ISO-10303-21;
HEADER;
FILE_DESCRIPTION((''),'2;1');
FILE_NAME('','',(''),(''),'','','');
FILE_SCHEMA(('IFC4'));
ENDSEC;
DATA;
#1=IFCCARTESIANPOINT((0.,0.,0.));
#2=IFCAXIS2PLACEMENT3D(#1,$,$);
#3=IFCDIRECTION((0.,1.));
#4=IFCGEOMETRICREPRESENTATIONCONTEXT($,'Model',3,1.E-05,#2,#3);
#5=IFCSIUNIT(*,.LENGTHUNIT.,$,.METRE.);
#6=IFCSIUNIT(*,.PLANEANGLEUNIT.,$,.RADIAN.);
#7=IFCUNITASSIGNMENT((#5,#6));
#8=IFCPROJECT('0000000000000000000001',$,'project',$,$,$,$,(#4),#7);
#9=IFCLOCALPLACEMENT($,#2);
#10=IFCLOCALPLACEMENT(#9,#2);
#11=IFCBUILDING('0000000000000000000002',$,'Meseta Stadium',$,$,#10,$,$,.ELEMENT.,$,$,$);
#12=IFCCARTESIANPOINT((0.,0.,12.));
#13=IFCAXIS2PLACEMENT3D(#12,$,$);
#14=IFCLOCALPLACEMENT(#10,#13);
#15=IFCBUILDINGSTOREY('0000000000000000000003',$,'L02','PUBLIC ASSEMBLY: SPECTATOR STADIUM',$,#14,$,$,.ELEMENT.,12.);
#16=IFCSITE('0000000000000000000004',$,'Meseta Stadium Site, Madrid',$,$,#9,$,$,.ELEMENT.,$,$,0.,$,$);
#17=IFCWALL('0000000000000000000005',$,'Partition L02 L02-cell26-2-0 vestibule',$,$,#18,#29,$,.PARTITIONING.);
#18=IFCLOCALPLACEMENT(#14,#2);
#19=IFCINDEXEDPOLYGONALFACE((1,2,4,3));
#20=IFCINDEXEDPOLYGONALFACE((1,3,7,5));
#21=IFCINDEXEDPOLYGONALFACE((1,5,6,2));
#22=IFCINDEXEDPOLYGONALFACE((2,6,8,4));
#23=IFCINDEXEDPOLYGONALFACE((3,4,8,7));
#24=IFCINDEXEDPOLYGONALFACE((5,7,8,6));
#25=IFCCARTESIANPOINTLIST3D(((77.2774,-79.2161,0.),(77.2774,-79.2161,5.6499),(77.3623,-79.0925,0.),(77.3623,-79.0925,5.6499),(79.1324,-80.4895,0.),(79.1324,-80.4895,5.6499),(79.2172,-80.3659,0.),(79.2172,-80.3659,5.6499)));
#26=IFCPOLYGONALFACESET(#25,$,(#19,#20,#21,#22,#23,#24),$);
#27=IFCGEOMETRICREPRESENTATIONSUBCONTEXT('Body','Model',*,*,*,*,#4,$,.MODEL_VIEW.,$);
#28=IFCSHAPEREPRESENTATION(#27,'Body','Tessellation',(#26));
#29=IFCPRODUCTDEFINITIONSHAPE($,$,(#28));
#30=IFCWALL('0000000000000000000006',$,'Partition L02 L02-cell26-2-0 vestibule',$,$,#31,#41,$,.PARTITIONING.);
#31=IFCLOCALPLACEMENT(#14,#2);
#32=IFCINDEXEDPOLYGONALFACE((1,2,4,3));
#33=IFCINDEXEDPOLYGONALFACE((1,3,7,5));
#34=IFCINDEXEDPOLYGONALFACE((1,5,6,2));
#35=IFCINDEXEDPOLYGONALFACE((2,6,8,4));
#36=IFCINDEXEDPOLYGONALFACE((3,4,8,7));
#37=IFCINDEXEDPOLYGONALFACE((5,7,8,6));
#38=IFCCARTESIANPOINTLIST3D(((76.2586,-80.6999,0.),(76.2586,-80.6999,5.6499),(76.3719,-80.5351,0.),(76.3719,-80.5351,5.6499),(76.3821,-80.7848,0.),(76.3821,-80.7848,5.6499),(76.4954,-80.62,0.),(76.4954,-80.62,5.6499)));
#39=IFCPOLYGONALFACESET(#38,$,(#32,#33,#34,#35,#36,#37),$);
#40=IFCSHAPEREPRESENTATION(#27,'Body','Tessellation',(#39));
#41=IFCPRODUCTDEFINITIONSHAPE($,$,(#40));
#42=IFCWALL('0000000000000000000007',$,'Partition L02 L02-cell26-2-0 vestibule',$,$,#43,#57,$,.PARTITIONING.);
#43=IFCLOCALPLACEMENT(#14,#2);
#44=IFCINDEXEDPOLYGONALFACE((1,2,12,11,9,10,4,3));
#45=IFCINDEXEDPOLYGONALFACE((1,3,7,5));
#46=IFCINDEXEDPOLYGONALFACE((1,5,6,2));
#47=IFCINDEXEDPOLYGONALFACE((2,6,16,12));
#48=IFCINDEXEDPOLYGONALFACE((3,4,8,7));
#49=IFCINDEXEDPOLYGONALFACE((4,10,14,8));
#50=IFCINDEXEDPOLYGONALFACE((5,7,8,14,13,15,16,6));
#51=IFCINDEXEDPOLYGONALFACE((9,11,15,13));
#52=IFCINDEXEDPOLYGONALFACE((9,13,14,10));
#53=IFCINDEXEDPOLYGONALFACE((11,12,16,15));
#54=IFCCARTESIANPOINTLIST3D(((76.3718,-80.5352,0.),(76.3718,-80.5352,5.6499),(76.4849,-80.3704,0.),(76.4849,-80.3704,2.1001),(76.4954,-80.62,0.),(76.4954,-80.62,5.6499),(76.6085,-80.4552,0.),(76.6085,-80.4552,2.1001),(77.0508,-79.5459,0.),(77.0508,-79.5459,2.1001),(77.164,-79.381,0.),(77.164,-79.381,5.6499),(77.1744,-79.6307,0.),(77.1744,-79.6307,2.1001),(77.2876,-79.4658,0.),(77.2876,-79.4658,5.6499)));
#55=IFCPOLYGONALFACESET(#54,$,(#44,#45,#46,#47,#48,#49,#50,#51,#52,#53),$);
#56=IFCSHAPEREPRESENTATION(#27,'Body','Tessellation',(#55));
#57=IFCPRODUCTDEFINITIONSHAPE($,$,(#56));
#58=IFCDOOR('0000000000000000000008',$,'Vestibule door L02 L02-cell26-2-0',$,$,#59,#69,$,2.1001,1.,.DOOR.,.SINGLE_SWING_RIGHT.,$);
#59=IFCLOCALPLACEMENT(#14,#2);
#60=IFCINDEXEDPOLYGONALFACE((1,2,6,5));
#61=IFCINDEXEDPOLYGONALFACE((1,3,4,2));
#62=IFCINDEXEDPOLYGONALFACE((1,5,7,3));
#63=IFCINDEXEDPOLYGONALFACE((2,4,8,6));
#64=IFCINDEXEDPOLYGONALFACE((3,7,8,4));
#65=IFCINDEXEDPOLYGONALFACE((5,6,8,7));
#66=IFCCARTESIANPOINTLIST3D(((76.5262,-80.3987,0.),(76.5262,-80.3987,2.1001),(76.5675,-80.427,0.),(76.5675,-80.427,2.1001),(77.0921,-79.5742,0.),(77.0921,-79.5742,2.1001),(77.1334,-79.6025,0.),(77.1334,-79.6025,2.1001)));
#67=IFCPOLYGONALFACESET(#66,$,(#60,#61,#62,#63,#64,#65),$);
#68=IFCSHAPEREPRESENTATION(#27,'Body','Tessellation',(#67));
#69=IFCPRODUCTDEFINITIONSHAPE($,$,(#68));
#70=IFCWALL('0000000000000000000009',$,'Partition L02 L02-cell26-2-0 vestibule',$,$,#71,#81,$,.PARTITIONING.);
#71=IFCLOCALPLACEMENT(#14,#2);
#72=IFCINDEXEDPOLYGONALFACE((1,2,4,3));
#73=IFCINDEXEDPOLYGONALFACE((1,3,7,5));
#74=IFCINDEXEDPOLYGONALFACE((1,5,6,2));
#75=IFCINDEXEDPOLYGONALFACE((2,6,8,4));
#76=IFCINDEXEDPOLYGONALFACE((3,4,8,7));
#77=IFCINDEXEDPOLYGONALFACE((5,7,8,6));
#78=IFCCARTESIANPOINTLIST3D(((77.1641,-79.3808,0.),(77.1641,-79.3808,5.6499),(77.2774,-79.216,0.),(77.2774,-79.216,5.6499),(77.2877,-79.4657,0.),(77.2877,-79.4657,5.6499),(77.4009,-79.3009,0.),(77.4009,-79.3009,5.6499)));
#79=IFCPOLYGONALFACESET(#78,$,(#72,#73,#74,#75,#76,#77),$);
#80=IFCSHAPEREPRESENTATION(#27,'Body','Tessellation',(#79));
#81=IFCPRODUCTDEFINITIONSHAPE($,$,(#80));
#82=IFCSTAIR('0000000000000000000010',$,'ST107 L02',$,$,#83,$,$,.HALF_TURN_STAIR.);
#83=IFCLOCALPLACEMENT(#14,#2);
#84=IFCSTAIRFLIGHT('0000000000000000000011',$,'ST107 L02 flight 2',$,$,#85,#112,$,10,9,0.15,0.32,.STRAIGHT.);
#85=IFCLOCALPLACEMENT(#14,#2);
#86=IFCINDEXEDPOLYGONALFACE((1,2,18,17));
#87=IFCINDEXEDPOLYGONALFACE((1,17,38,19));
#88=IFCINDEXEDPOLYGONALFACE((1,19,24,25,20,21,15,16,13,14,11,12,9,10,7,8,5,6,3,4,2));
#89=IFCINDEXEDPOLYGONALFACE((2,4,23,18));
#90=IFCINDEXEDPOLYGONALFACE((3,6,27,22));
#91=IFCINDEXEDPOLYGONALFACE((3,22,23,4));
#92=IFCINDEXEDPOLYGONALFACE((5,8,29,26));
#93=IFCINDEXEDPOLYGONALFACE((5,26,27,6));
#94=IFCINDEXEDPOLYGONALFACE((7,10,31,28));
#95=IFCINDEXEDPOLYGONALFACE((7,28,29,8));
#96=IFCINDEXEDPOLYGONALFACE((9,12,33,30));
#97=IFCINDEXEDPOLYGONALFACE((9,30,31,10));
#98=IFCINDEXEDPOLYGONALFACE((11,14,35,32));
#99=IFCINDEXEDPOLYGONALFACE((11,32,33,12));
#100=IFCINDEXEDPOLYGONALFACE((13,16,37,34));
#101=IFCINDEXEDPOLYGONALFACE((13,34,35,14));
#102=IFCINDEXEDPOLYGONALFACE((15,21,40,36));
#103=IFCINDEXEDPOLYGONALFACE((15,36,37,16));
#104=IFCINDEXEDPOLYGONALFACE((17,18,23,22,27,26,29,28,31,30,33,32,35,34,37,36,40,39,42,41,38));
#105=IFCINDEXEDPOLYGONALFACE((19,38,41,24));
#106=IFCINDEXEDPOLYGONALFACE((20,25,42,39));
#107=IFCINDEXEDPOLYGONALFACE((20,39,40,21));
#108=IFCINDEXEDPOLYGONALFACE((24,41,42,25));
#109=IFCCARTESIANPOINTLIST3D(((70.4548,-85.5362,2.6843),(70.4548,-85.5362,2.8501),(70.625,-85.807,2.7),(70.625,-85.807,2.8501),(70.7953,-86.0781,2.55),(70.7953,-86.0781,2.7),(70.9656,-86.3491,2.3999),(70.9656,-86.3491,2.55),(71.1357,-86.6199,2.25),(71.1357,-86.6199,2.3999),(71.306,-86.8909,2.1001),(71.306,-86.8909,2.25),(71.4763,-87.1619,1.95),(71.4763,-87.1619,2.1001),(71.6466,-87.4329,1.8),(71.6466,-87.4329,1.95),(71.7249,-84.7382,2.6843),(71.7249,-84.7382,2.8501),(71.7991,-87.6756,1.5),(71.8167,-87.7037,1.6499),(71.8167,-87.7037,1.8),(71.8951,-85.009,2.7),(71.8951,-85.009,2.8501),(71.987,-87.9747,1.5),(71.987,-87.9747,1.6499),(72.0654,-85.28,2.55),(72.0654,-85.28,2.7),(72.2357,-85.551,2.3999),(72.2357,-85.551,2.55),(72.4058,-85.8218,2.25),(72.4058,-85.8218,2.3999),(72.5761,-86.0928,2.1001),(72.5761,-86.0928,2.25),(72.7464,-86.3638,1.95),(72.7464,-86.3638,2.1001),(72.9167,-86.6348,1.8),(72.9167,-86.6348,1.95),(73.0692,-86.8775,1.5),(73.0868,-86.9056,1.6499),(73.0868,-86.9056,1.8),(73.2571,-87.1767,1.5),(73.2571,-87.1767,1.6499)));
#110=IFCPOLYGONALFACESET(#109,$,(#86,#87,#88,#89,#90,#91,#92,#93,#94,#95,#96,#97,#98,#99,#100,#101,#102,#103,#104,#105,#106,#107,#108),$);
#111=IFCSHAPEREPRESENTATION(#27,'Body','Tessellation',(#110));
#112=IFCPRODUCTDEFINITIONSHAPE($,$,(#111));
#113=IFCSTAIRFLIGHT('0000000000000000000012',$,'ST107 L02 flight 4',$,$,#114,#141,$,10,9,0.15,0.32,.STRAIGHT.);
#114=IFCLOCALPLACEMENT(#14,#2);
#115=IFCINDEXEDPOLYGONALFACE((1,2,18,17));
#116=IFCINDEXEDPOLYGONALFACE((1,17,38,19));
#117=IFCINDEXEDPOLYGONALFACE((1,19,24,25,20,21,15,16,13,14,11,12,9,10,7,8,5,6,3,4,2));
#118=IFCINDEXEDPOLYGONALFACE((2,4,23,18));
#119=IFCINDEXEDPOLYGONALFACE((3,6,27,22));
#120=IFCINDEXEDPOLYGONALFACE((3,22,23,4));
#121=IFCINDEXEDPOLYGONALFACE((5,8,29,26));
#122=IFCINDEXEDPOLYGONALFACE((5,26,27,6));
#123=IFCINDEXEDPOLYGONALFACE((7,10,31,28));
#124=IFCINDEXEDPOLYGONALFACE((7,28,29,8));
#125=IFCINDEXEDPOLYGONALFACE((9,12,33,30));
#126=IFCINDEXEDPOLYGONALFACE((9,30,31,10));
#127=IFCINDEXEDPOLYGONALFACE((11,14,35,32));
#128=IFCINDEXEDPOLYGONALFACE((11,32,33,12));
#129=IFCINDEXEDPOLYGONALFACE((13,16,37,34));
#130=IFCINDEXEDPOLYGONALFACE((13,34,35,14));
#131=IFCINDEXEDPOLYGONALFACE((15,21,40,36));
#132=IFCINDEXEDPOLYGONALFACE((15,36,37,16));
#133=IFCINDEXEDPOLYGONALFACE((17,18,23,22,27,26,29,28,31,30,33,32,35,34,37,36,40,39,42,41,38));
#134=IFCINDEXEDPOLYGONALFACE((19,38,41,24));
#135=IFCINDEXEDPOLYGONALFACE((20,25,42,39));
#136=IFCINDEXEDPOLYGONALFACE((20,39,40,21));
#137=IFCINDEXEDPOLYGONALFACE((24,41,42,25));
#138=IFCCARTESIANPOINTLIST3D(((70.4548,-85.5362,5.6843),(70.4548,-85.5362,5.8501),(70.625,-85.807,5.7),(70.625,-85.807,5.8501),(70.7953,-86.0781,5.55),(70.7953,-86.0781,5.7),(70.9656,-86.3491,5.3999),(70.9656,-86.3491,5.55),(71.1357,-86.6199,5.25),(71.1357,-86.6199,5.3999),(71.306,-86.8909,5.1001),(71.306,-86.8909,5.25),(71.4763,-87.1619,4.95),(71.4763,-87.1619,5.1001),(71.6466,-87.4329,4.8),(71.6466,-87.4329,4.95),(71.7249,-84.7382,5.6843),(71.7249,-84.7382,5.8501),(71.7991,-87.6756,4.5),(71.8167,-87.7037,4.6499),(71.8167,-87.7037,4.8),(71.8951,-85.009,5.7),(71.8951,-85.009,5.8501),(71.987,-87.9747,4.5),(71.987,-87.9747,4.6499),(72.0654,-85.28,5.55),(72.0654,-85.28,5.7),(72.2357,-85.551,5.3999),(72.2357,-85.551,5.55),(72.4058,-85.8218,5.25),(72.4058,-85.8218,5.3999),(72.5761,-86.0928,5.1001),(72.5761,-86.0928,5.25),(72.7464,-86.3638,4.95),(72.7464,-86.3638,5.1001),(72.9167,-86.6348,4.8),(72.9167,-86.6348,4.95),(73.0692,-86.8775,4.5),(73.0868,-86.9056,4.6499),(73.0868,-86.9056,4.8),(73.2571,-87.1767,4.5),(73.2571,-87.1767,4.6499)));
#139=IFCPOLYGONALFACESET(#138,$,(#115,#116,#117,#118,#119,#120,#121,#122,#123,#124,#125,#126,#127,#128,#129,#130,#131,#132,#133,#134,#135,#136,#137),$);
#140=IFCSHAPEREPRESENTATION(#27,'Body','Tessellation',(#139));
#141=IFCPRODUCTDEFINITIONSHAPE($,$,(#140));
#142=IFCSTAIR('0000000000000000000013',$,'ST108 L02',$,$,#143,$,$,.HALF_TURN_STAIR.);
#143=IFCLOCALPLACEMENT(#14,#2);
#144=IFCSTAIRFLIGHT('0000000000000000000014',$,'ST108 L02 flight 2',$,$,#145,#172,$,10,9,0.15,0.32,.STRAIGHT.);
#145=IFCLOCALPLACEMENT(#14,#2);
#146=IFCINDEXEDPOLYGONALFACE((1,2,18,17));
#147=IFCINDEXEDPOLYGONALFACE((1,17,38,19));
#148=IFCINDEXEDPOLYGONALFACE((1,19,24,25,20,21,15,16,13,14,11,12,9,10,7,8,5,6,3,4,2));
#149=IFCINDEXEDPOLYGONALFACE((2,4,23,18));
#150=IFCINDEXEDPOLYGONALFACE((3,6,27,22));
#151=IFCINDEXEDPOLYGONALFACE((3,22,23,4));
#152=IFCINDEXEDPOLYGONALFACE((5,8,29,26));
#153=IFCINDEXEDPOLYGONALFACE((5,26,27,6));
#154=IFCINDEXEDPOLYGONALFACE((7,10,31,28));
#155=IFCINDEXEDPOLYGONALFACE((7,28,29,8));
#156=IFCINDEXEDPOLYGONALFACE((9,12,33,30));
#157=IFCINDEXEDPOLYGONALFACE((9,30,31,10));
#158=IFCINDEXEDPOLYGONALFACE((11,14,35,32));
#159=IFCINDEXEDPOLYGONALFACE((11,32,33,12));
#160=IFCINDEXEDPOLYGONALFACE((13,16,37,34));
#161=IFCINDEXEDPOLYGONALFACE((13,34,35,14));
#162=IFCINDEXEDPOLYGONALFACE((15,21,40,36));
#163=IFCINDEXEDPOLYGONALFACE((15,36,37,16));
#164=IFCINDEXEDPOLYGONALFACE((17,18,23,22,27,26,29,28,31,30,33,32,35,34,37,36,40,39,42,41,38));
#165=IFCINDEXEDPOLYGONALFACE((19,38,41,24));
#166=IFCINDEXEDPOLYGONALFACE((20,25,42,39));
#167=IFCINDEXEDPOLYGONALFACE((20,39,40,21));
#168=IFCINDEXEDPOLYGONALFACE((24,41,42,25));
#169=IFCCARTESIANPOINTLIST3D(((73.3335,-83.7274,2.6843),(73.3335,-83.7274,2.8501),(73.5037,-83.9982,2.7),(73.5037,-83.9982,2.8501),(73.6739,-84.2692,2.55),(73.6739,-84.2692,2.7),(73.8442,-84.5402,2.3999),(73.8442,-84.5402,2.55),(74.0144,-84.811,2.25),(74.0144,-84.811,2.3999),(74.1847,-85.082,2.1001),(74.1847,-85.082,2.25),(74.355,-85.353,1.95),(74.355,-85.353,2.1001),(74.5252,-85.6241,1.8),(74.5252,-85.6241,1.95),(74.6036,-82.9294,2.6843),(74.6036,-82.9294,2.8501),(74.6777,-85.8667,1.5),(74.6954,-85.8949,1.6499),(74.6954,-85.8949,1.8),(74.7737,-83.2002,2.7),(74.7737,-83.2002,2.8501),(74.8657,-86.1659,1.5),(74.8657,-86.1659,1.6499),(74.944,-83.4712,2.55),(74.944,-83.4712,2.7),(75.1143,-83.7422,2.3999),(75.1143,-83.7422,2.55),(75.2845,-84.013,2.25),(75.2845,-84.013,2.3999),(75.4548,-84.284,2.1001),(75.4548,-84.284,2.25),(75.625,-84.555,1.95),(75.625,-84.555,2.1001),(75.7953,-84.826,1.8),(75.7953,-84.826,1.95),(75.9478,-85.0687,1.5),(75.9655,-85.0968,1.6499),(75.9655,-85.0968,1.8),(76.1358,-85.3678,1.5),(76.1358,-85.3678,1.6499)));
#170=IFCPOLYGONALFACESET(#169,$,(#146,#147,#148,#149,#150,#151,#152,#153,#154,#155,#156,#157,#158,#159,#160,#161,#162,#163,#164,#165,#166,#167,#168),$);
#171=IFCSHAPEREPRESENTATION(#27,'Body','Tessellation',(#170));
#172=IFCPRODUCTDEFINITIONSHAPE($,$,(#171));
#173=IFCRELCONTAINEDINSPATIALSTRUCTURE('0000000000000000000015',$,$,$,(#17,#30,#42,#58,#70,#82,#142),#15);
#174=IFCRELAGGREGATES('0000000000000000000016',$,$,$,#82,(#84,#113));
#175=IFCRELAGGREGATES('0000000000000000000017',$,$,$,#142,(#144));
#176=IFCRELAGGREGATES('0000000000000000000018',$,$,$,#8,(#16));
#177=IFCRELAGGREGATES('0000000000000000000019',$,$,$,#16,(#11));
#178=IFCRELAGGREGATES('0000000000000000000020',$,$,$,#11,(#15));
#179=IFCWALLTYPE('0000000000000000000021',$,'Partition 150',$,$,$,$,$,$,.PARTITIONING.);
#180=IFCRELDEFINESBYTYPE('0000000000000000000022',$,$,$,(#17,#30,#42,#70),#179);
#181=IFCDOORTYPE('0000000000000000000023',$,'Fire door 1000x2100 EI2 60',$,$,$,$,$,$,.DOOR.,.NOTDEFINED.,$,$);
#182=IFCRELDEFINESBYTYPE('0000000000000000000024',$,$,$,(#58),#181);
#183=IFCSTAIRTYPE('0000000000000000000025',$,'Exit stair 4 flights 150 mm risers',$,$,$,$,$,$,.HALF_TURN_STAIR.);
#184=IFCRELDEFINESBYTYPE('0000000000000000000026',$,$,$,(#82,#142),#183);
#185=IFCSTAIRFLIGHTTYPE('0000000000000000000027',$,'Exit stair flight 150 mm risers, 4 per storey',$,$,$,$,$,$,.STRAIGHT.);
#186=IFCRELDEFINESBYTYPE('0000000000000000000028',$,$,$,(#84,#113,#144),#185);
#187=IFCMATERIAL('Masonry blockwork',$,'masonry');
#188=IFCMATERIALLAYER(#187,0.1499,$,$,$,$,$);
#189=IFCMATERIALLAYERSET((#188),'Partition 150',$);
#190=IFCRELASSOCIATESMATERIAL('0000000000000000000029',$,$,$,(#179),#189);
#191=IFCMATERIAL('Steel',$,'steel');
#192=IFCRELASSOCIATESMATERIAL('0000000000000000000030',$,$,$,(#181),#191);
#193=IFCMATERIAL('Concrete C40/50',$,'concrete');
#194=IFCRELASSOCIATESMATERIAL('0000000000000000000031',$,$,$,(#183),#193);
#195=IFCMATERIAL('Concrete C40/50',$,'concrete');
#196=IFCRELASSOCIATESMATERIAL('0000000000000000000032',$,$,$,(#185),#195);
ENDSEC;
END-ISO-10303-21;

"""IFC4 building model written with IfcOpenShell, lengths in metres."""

from ifc_helpers import new_model, si_unit, direction, frame, frame_2d, origin, place, context, subcontext, project, spatial, polyline, rectangle, outline, extrude, material, layer, layer_set, type_object, element, fill, aggregate, save


model = new_model("IFC4")

# Units and contexts
model_context = context("Model", 3, precision=1e-05, world=origin(), true_north=direction((0.0, 1.0)))
body_context = subcontext(model_context, "Body", "Model", "MODEL_VIEW")
ifc_project = project(units=[si_unit("LENGTHUNIT", "METRE"), si_unit("PLANEANGLEUNIT", "RADIAN")], contexts=[model_context])

# Site, building, storey
site_placement = place(None, origin())
site = spatial("IfcSite", under=ifc_project, at=site_placement, Name="Meseta Stadium Site, Madrid", CompositionType="ELEMENT", RefElevation=0.0)
building_placement = place(site_placement, origin())
building = spatial("IfcBuilding", under=site, at=building_placement, Name="Meseta Stadium", CompositionType="ELEMENT")
storey_placement = place(building_placement, frame((0.0, 0.0, 12.0)))
storey = spatial("IfcBuildingStorey", under=building, at=storey_placement, Name="L02", Description="PUBLIC ASSEMBLY: SPECTATOR STADIUM", CompositionType="ELEMENT", Elevation=12.0)

# Shared definitions
ifc_material_1 = material(Name="Masonry blockwork", Category="masonry")
ifc_layer_1 = layer(ifc_material_1, 0.1499)
ifc_layer_set_1 = layer_set([ifc_layer_1], Name="Partition 150")
wall_type_1 = type_object("IfcWallType", Name="Partition 150", PredefinedType="PARTITIONING", material=ifc_layer_set_1)

# Walls
wall_1_placement = place(storey_placement, frame((79.1748, -80.4277, 0.0), z_axis=(0.0, 0.0, 1.0), x_axis=(-0.824428, 0.565967, 0.0)))
element("IfcWall", 1, at=wall_1_placement, inside=storey, type_object=wall_type_1, Name="Partition L02 L02-cell26-2-0 vestibule", PredefinedType="PARTITIONING", context=body_context, shape_type="SweptSolid", body=[
    extrude(rectangle(XDim=2.25, YDim=0.1499, at=frame_2d((1.125, 0.0))), origin(), (0.0, 0.0, 1.0), 5.6499),
])
wall_2_placement = place(storey_placement, frame((76.3203, -80.7424, 0.0), z_axis=(0.0, 0.0, 1.0), x_axis=(0.566477, 0.824078, 0.0)))
element("IfcWall", 2, at=wall_2_placement, inside=storey, type_object=wall_type_1, Name="Partition L02 L02-cell26-2-0 vestibule", PredefinedType="PARTITIONING", context=body_context, shape_type="SweptSolid", body=[
    extrude(rectangle(XDim=0.2, YDim=0.1499, at=frame_2d((0.1001, 0.0))), origin(), (0.0, 0.0, 1.0), 5.6499),
])

# Wall, opening, door
wall_3_placement = place(storey_placement, frame((76.4336, -80.5776, 0.0), z_axis=(0.0, 0.0, 1.0), x_axis=(0.565877, 0.824489, 0.0)))
wall_3 = element("IfcWall", 3, at=wall_3_placement, inside=storey, type_object=wall_type_1, Name="Partition L02 L02-cell26-2-0 vestibule", PredefinedType="PARTITIONING", context=body_context, shape_type="SweptSolid", body=[
    extrude(rectangle(XDim=1.3999, YDim=0.1499, at=frame_2d((0.7, 0.0))), origin(), (0.0, 0.0, 1.0), 5.6499),
])
opening_1_placement = place(wall_3_placement, frame((0.2, 0.0, 0.0)))
opening_1 = element("IfcOpeningElement", 4, at=opening_1_placement, cuts=wall_3, PredefinedType="OPENING", context=body_context, shape_type="SweptSolid", body=[
    extrude(rectangle(XDim=1.0, YDim=2.1001, at=frame_2d((0.5, 1.05))), frame((0.0, 0.085, 0.0), z_axis=(0.0, -1.0, 0.0), x_axis=(1.0, 0.0, 0.0)), (0.0, 0.0, 1.0), 0.1699),
])
ifc_material_2 = material(Name="Steel", Category="steel")
door_type_1 = type_object("IfcDoorType", Name="Fire door 1000x2100 EI2 60", OperationType="NOTDEFINED", PredefinedType="DOOR", material=ifc_material_2)
door_1_placement = place(opening_1_placement, origin())
door_1 = element("IfcDoor", 5, at=door_1_placement, inside=storey, type_object=door_type_1, Name="Vestibule door L02 L02-cell26-2-0", OperationType="SINGLE_SWING_RIGHT", OverallHeight=2.1001, OverallWidth=1.0, PredefinedType="DOOR", context=body_context, shape_type="SweptSolid", body=[
    extrude(rectangle(XDim=1.0, YDim=2.1001, at=frame_2d((0.5, 1.05))), frame((0.0, 0.0249, 0.0), z_axis=(0.0, -1.0, 0.0), x_axis=(1.0, 0.0, 0.0)), (0.0, 0.0, 1.0), 0.05),
])
fill(opening_1, door_1)

# Wall
wall_4_placement = place(storey_placement, frame((77.2258, -79.4233, 0.0), z_axis=(0.0, 0.0, 1.0), x_axis=(0.566477, 0.824078, 0.0)))
element("IfcWall", 6, at=wall_4_placement, inside=storey, type_object=wall_type_1, Name="Partition L02 L02-cell26-2-0 vestibule", PredefinedType="PARTITIONING", context=body_context, shape_type="SweptSolid", body=[
    extrude(rectangle(XDim=0.2, YDim=0.1499, at=frame_2d((0.1001, 0.0))), origin(), (0.0, 0.0, 1.0), 5.6499),
])

# Stairs, stair flights
ifc_material_3 = material(Name="Concrete C40/50", Category="concrete")
stair_type = type_object("IfcStairType", Name="Exit stair 4 flights 150 mm risers", PredefinedType="HALF_TURN_STAIR", material=ifc_material_3)
stair_1_placement = place(storey_placement, origin())
stair_1 = element("IfcStair", 7, at=stair_1_placement, inside=storey, type_object=stair_type, Name="ST107 L02", PredefinedType="HALF_TURN_STAIR")
ifc_material_4 = material(Name="Concrete C40/50", Category="concrete")
stair_flight_type = type_object("IfcStairFlightType", Name="Exit stair flight 150 mm risers, 4 per storey", PredefinedType="STRAIGHT", material=ifc_material_4)
stair_flight_1_placement = place(storey_placement, frame((72.6221, -87.5757, 1.5), z_axis=(0.0, 0.0, 1.0), x_axis=(-0.532032, 0.846724, 0.0)))
stair_flight_1 = element("IfcStairFlight", 8, at=stair_flight_1_placement, type_object=stair_flight_type, Name="ST107 L02 flight 2", NumberOfRisers=10, NumberOfTreads=9, PredefinedType="STRAIGHT", RiserHeight=0.15, TreadLength=0.32, context=body_context, shape_type="SweptSolid", body=[
    extrude(outline(polyline([(0.0, 0.0), (0.0, 0.1499), (0.3201, 0.1499), (0.3201, 0.3), (0.6399, 0.3), (0.6399, 0.45), (0.96, 0.45), (0.96, 0.6001), (1.28, 0.6001), (1.28, 0.75), (1.6001, 0.75), (1.6001, 0.8999), (1.9199, 0.8999), (1.9199, 1.05), (2.24, 1.05), (2.24, 1.2), (2.5601, 1.2), (2.5601, 1.3501), (2.8799, 1.3501), (2.8799, 1.1843), (0.3533, 0.0), (0.0, 0.0)])), frame((0.0, 0.75, 0.0), z_axis=(0.0, -1.0, 0.0), x_axis=(1.0, 0.0, 0.0)), (0.0, 0.0, 1.0), 1.5),
])
stair_flight_2_placement = place(storey_placement, frame((72.6221, -87.5757, 4.5), z_axis=(0.0, 0.0, 1.0), x_axis=(-0.532032, 0.846724, 0.0)))
stair_flight_2 = element("IfcStairFlight", 9, at=stair_flight_2_placement, type_object=stair_flight_type, Name="ST107 L02 flight 4", NumberOfRisers=10, NumberOfTreads=9, PredefinedType="STRAIGHT", RiserHeight=0.15, TreadLength=0.32, context=body_context, shape_type="SweptSolid", body=[
    extrude(outline(polyline([(0.0, 0.0), (0.0, 0.1499), (0.3201, 0.1499), (0.3201, 0.3), (0.6399, 0.3), (0.6399, 0.45), (0.96, 0.45), (0.96, 0.6001), (1.28, 0.6001), (1.28, 0.75), (1.6001, 0.75), (1.6001, 0.8999), (1.9199, 0.8999), (1.9199, 1.05), (2.24, 1.05), (2.24, 1.2), (2.5601, 1.2), (2.5601, 1.3501), (2.8799, 1.3501), (2.8799, 1.1843), (0.3533, 0.0), (0.0, 0.0)])), frame((0.0, 0.75, 0.0), z_axis=(0.0, -1.0, 0.0), x_axis=(1.0, 0.0, 0.0)), (0.0, 0.0, 1.0), 1.5),
])
aggregate(stair_1, [stair_flight_1, stair_flight_2])
stair_2_placement = place(storey_placement, origin())
stair_2 = element("IfcStair", 10, at=stair_2_placement, inside=storey, type_object=stair_type, Name="ST108 L02", PredefinedType="HALF_TURN_STAIR")
stair_flight_3_placement = place(storey_placement, frame((75.5007, -85.7668, 1.5), z_axis=(0.0, 0.0, 1.0), x_axis=(-0.532032, 0.846724, 0.0)))
stair_flight_3 = element("IfcStairFlight", 11, at=stair_flight_3_placement, type_object=stair_flight_type, Name="ST108 L02 flight 2", NumberOfRisers=10, NumberOfTreads=9, PredefinedType="STRAIGHT", RiserHeight=0.15, TreadLength=0.32, context=body_context, shape_type="SweptSolid", body=[
    extrude(outline(polyline([(0.0, 0.0), (0.0, 0.1499), (0.3201, 0.1499), (0.3201, 0.3), (0.6399, 0.3), (0.6399, 0.45), (0.96, 0.45), (0.96, 0.6001), (1.28, 0.6001), (1.28, 0.75), (1.6001, 0.75), (1.6001, 0.8999), (1.9199, 0.8999), (1.9199, 1.05), (2.24, 1.05), (2.24, 1.2), (2.5601, 1.2), (2.5601, 1.3501), (2.8799, 1.3501), (2.8799, 1.1843), (0.3533, 0.0), (0.0, 0.0)])), frame((0.0, 0.75, 0.0), z_axis=(0.0, -1.0, 0.0), x_axis=(1.0, 0.0, 0.0)), (0.0, 0.0, 1.0), 1.5),
])
aggregate(stair_2, [stair_flight_3])

save(model, "model.ifc")
